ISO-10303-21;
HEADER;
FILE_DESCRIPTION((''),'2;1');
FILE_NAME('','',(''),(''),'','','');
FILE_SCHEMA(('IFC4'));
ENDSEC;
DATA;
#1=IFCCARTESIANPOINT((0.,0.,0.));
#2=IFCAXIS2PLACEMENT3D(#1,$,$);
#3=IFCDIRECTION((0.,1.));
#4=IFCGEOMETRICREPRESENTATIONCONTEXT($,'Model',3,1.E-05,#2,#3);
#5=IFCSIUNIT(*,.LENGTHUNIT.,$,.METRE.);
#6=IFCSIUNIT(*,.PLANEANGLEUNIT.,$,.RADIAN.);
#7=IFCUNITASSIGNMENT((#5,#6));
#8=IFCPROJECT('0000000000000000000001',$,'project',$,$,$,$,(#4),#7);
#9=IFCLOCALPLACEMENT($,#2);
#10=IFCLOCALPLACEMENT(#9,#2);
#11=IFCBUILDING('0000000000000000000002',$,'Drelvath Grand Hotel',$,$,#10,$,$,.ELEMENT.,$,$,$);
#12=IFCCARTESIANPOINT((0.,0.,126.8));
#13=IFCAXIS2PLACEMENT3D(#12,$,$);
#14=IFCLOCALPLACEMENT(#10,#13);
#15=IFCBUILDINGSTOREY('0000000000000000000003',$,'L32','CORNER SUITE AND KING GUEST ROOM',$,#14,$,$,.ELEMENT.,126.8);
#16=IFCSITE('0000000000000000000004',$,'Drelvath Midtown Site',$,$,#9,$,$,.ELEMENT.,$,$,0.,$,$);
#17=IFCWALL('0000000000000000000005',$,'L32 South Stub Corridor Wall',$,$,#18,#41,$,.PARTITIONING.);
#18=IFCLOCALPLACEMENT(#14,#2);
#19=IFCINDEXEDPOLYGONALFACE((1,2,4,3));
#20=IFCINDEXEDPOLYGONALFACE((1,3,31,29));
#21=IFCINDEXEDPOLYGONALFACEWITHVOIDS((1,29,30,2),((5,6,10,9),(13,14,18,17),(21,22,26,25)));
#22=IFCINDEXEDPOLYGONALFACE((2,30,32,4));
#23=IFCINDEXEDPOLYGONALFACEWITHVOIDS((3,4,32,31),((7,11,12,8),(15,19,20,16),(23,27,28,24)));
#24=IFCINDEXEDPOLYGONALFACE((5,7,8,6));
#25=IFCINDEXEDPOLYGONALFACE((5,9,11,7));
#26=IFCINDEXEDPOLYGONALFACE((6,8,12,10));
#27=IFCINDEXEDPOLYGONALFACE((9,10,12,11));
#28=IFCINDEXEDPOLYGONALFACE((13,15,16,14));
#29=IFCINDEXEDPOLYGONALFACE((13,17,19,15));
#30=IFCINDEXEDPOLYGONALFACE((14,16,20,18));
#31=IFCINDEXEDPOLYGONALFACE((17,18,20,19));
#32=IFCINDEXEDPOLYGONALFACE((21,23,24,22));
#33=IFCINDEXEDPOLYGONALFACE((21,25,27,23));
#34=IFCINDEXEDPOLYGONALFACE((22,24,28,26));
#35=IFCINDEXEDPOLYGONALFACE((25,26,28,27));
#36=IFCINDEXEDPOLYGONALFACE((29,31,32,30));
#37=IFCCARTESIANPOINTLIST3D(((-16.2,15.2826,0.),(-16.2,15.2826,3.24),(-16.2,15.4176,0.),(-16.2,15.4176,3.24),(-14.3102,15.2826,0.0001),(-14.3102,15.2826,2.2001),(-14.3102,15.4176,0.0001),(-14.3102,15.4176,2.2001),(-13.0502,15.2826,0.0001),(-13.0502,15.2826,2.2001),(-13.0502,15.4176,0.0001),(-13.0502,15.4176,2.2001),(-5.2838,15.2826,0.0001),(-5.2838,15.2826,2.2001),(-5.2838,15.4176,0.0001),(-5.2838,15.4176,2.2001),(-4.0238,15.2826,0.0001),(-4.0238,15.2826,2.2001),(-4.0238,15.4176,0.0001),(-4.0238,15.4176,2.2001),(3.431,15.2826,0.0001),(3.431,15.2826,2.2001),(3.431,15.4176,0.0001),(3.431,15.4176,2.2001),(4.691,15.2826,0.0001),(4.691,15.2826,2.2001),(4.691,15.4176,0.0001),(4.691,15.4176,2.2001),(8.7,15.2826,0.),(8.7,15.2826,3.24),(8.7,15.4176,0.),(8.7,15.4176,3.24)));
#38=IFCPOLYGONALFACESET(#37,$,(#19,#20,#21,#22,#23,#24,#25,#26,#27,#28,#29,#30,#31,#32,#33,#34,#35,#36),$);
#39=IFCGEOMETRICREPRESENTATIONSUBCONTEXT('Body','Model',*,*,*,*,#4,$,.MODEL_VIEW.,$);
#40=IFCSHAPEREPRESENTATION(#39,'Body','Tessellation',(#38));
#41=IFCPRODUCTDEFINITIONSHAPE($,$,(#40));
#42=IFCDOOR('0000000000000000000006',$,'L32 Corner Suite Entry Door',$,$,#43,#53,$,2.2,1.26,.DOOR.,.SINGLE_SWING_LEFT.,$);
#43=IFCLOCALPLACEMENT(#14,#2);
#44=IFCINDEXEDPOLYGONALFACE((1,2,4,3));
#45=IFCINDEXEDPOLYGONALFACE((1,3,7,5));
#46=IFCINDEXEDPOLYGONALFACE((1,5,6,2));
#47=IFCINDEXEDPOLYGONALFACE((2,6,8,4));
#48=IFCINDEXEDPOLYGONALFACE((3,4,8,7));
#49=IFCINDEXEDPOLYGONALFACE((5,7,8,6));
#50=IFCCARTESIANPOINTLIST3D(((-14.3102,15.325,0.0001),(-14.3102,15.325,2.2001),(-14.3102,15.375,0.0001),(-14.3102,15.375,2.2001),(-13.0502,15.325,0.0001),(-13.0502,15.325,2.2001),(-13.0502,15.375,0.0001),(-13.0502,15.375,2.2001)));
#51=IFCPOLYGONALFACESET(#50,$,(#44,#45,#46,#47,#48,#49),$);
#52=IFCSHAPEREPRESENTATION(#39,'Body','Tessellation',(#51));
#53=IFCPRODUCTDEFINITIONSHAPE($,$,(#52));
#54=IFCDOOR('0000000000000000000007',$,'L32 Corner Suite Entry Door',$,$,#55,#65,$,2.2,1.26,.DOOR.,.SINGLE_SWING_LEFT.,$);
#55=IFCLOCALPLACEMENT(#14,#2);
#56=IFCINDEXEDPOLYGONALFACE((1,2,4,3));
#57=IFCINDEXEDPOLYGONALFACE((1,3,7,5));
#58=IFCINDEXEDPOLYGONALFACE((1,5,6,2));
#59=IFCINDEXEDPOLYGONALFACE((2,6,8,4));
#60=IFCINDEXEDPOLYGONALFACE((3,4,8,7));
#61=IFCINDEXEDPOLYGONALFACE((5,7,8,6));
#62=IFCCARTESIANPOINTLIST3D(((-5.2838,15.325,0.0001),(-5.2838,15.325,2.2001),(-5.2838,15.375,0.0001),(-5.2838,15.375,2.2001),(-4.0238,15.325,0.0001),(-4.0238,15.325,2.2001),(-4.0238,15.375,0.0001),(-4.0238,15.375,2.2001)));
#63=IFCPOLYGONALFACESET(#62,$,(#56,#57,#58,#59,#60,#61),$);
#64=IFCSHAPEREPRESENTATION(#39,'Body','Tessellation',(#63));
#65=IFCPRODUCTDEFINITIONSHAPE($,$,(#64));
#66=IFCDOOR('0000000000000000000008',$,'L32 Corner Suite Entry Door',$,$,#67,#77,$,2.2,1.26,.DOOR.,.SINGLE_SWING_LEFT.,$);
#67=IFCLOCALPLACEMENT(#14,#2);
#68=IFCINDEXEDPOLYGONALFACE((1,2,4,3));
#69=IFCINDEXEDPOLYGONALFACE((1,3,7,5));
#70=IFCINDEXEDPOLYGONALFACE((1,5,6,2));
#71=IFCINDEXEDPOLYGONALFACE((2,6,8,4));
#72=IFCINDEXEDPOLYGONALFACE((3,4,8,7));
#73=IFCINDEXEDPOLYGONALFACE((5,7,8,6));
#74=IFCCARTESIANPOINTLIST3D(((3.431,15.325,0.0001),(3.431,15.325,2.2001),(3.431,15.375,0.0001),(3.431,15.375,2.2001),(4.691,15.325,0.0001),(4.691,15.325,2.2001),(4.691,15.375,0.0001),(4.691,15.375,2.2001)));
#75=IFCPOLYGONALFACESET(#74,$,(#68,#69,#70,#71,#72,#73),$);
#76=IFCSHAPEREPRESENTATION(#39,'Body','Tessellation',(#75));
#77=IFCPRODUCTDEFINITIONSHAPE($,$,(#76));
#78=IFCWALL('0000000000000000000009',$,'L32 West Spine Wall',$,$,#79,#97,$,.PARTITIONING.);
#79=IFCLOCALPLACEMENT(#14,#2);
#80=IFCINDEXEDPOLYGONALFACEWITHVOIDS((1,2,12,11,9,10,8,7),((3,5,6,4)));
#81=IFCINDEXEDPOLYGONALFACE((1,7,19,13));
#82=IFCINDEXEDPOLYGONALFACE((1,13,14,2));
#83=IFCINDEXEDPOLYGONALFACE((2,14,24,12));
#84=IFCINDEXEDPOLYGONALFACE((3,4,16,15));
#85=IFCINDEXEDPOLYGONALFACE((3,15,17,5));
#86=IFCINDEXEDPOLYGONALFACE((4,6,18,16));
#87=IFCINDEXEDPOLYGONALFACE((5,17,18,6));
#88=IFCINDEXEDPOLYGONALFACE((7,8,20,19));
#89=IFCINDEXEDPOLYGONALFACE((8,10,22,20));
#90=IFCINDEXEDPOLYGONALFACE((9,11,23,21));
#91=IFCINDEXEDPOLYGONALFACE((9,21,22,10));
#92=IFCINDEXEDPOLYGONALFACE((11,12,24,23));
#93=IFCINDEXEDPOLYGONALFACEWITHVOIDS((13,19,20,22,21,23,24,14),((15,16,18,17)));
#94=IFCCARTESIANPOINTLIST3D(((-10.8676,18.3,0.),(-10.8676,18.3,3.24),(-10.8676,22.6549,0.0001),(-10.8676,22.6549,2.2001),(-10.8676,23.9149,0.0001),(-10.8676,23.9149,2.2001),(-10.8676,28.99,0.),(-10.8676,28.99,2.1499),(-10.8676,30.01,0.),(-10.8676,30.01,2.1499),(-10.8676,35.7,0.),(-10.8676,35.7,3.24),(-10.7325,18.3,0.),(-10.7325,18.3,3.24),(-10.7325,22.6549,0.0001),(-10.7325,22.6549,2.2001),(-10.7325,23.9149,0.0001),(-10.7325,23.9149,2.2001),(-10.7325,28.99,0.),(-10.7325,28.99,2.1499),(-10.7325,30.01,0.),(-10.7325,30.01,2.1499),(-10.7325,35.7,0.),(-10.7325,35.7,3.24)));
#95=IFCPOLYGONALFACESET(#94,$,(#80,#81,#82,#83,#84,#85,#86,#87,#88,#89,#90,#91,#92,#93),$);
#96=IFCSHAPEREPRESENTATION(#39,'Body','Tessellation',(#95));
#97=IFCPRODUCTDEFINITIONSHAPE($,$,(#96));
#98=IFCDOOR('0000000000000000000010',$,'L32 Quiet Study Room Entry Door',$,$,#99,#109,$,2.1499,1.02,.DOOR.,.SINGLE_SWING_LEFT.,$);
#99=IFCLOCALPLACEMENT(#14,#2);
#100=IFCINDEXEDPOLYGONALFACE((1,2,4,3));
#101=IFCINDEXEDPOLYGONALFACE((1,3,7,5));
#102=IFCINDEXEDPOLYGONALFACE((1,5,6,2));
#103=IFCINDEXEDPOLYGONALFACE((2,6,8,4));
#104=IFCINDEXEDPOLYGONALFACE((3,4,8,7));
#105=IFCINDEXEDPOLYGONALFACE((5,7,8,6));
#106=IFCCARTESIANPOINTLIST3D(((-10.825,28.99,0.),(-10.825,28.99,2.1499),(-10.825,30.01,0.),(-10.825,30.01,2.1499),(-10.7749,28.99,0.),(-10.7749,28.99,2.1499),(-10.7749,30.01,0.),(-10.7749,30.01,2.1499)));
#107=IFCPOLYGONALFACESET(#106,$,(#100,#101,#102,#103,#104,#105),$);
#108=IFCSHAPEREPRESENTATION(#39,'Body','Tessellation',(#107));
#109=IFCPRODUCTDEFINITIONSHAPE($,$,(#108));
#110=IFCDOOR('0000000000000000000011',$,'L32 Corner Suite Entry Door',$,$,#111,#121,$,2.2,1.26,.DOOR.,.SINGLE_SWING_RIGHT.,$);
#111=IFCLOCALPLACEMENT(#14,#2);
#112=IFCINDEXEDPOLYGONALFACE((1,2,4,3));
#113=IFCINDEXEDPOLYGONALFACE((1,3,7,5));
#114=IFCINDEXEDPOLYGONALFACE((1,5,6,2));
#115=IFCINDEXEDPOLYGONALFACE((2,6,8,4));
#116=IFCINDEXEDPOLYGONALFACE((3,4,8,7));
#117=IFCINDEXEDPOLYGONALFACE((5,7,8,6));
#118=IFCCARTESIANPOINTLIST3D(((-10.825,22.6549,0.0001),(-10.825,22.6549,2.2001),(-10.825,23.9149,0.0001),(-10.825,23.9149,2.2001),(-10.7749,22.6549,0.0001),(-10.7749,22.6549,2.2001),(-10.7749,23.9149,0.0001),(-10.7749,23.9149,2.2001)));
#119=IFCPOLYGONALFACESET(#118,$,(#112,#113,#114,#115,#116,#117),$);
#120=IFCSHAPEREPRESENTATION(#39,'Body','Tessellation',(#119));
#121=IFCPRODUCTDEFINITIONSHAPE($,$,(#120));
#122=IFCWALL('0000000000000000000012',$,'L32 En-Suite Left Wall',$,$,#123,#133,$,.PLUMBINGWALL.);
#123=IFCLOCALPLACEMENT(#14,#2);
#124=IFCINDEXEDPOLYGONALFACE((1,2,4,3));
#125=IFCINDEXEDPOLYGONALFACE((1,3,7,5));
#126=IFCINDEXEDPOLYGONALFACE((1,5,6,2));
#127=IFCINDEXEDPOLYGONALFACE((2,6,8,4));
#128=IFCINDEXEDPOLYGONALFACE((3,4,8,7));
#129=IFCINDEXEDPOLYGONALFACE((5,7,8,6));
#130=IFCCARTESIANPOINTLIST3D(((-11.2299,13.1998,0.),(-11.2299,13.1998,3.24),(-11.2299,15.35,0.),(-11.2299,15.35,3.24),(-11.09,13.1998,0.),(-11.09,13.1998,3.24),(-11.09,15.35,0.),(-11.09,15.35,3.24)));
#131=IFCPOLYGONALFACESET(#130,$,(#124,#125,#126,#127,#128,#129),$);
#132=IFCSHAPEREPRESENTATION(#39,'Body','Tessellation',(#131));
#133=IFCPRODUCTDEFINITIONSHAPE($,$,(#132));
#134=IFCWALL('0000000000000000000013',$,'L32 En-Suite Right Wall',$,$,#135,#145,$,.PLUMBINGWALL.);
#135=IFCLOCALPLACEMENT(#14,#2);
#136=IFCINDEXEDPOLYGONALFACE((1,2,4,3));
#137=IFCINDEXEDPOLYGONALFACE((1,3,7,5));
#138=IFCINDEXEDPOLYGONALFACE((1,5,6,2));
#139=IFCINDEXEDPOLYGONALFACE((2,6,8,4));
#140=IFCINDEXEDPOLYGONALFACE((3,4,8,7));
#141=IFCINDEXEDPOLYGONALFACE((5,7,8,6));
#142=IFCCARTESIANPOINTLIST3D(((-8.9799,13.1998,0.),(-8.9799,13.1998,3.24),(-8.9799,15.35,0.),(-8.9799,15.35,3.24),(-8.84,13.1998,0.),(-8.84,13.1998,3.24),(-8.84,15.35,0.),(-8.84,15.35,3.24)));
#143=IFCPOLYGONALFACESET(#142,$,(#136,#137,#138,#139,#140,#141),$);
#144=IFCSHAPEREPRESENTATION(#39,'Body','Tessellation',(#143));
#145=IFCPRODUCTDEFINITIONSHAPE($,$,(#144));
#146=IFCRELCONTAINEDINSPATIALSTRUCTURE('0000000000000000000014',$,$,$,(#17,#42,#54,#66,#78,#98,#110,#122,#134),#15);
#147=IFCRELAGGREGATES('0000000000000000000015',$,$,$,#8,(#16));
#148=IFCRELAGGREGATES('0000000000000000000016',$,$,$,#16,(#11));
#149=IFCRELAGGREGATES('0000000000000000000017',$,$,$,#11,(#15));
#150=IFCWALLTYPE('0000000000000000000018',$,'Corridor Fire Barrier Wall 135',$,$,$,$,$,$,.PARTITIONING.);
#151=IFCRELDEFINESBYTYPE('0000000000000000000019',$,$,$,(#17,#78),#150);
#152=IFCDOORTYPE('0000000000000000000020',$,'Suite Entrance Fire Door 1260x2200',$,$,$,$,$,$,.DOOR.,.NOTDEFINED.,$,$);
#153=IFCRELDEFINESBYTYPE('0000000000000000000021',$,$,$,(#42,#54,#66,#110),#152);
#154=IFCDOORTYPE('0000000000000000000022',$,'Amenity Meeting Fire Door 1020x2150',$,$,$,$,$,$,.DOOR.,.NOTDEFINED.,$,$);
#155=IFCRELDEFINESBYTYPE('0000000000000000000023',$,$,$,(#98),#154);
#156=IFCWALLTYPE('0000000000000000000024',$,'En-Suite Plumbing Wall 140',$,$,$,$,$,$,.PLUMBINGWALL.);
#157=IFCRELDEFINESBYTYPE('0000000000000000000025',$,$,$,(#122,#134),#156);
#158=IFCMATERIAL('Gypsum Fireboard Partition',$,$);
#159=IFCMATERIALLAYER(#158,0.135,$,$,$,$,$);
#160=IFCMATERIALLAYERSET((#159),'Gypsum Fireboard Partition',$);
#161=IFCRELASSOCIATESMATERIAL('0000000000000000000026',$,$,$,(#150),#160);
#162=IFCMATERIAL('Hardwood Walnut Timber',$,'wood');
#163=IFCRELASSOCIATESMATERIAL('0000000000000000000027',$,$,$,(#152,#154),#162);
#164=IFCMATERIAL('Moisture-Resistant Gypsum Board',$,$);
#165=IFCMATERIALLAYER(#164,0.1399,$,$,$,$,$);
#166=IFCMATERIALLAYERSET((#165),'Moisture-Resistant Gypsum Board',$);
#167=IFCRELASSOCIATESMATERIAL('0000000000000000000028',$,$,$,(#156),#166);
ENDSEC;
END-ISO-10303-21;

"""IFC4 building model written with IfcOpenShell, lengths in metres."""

from ifc_helpers import new_model, si_unit, direction, frame, frame_2d, origin, place, context, subcontext, project, spatial, rectangle, extrude, material, layer, layer_set, type_object, element, fill, save


model = new_model("IFC4")

# Units and contexts
model_context = context("Model", 3, precision=1e-05, world=origin(), true_north=direction((0.0, 1.0)))
body_context = subcontext(model_context, "Body", "Model", "MODEL_VIEW")
ifc_project = project(units=[si_unit("LENGTHUNIT", "METRE"), si_unit("PLANEANGLEUNIT", "RADIAN")], contexts=[model_context])

# Site, building, storey
site_placement = place(None, origin())
site = spatial("IfcSite", under=ifc_project, at=site_placement, Name="Drelvath Midtown Site", CompositionType="ELEMENT", RefElevation=0.0)
building_placement = place(site_placement, origin())
building = spatial("IfcBuilding", under=site, at=building_placement, Name="Drelvath Grand Hotel", CompositionType="ELEMENT")
storey_placement = place(building_placement, frame((0.0, 0.0, 126.8)))
storey = spatial("IfcBuildingStorey", under=building, at=storey_placement, Name="L32", Description="CORNER SUITE AND KING GUEST ROOM", CompositionType="ELEMENT", Elevation=126.8)

# Shared definitions
ifc_material_1 = material(Name="Gypsum Fireboard Partition")
ifc_layer_1 = layer(ifc_material_1, 0.135)
ifc_layer_set_1 = layer_set([ifc_layer_1], Name="Gypsum Fireboard Partition")
wall_type_1 = type_object("IfcWallType", Name="Corridor Fire Barrier Wall 135", PredefinedType="PARTITIONING", material=ifc_layer_set_1)

# Walls, openings, doors
wall_1_placement = place(storey_placement, frame((-16.2, 15.3501, 0.0), z_axis=(0.0, 0.0, 1.0), x_axis=(1.0, 0.0, 0.0)))
wall_1 = element("IfcWall", 1, at=wall_1_placement, inside=storey, type_object=wall_type_1, Name="L32 South Stub Corridor Wall", PredefinedType="PARTITIONING", context=body_context, shape_type="SweptSolid", body=[
    extrude(rectangle(XDim=24.8999, YDim=0.135, at=frame_2d((12.45, 0.0))), origin(), (0.0, 0.0, 1.0), 3.24),
])
opening_1_placement = place(wall_1_placement, frame((1.8899, 0.0, 0.0)))
opening_1 = element("IfcOpeningElement", 2, at=opening_1_placement, cuts=wall_1, PredefinedType="OPENING", context=body_context, shape_type="SweptSolid", body=[
    extrude(rectangle(XDim=1.26, YDim=2.2, at=frame_2d((0.6299, 1.1001))), frame((0.0, 0.0774, 0.0), z_axis=(0.0, -1.0, 0.0), x_axis=(1.0, 0.0, 0.0)), (0.0, 0.0, 1.0), 0.155),
])
opening_2_placement = place(wall_1_placement, frame((10.9163, 0.0, 0.0)))
opening_2 = element("IfcOpeningElement", 3, at=opening_2_placement, cuts=wall_1, PredefinedType="OPENING", context=body_context, shape_type="SweptSolid", body=[
    extrude(rectangle(XDim=1.26, YDim=2.2, at=frame_2d((0.6299, 1.1001))), frame((0.0, 0.0774, 0.0), z_axis=(0.0, -1.0, 0.0), x_axis=(1.0, 0.0, 0.0)), (0.0, 0.0, 1.0), 0.155),
])
opening_3_placement = place(wall_1_placement, frame((19.6311, 0.0, 0.0)))
opening_3 = element("IfcOpeningElement", 4, at=opening_3_placement, cuts=wall_1, PredefinedType="OPENING", context=body_context, shape_type="SweptSolid", body=[
    extrude(rectangle(XDim=1.26, YDim=2.2, at=frame_2d((0.6299, 1.1001))), frame((0.0, 0.0774, 0.0), z_axis=(0.0, -1.0, 0.0), x_axis=(1.0, 0.0, 0.0)), (0.0, 0.0, 1.0), 0.155),
])
ifc_material_2 = material(Name="Hardwood Walnut Timber", Category="wood")
door_type_1 = type_object("IfcDoorType", Name="Suite Entrance Fire Door 1260x2200", OperationType="NOTDEFINED", PredefinedType="DOOR", material=ifc_material_2)
door_1_placement = place(opening_1_placement, origin())
door_1 = element("IfcDoor", 5, at=door_1_placement, inside=storey, type_object=door_type_1, Name="L32 Corner Suite Entry Door", OperationType="SINGLE_SWING_LEFT", OverallHeight=2.2, OverallWidth=1.26, PredefinedType="DOOR", context=body_context, shape_type="SweptSolid", body=[
    extrude(rectangle(XDim=1.26, YDim=2.2, at=frame_2d((0.6299, 1.1001))), frame((0.0, 0.0249, 0.0), z_axis=(0.0, -1.0, 0.0), x_axis=(1.0, 0.0, 0.0)), (0.0, 0.0, 1.0), 0.05),
])
fill(opening_1, door_1)
door_2_placement = place(opening_2_placement, origin())
door_2 = element("IfcDoor", 6, at=door_2_placement, inside=storey, type_object=door_type_1, Name="L32 Corner Suite Entry Door", OperationType="SINGLE_SWING_LEFT", OverallHeight=2.2, OverallWidth=1.26, PredefinedType="DOOR", context=body_context, shape_type="SweptSolid", body=[
    extrude(rectangle(XDim=1.26, YDim=2.2, at=frame_2d((0.6299, 1.1001))), frame((0.0, 0.0249, 0.0), z_axis=(0.0, -1.0, 0.0), x_axis=(1.0, 0.0, 0.0)), (0.0, 0.0, 1.0), 0.05),
])
fill(opening_2, door_2)
door_3_placement = place(opening_3_placement, origin())
door_3 = element("IfcDoor", 7, at=door_3_placement, inside=storey, type_object=door_type_1, Name="L32 Corner Suite Entry Door", OperationType="SINGLE_SWING_LEFT", OverallHeight=2.2, OverallWidth=1.26, PredefinedType="DOOR", context=body_context, shape_type="SweptSolid", body=[
    extrude(rectangle(XDim=1.26, YDim=2.2, at=frame_2d((0.6299, 1.1001))), frame((0.0, 0.0249, 0.0), z_axis=(0.0, -1.0, 0.0), x_axis=(1.0, 0.0, 0.0)), (0.0, 0.0, 1.0), 0.05),
])
fill(opening_3, door_3)
wall_2_placement = place(storey_placement, frame((-10.8, 18.3, 0.0), z_axis=(0.0, 0.0, 1.0), x_axis=(0.0, 1.0, 0.0)))
wall_2 = element("IfcWall", 8, at=wall_2_placement, inside=storey, type_object=wall_type_1, Name="L32 West Spine Wall", PredefinedType="PARTITIONING", context=body_context, shape_type="SweptSolid", body=[
    extrude(rectangle(XDim=17.3999, YDim=0.135, at=frame_2d((8.7, 0.0))), origin(), (0.0, 0.0, 1.0), 3.24),
])
opening_4_placement = place(wall_2_placement, frame((4.355, 0.0, 0.0)))
opening_4 = element("IfcOpeningElement", 9, at=opening_4_placement, cuts=wall_2, PredefinedType="OPENING", context=body_context, shape_type="SweptSolid", body=[
    extrude(rectangle(XDim=1.26, YDim=2.2, at=frame_2d((0.6299, 1.1001))), frame((0.0, 0.0774, 0.0), z_axis=(0.0, -1.0, 0.0), x_axis=(1.0, 0.0, 0.0)), (0.0, 0.0, 1.0), 0.155),
])
opening_5_placement = place(wall_2_placement, frame((10.6899, 0.0, 0.0)))
opening_5 = element("IfcOpeningElement", 10, at=opening_5_placement, cuts=wall_2, PredefinedType="OPENING", context=body_context, shape_type="SweptSolid", body=[
    extrude(rectangle(XDim=1.02, YDim=2.1499, at=frame_2d((0.51, 1.075))), frame((0.0, 0.0774, 0.0), z_axis=(0.0, -1.0, 0.0), x_axis=(1.0, 0.0, 0.0)), (0.0, 0.0, 1.0), 0.155),
])
door_type_2 = type_object("IfcDoorType", Name="Amenity Meeting Fire Door 1020x2150", OperationType="NOTDEFINED", PredefinedType="DOOR", material=ifc_material_2)
door_4_placement = place(opening_5_placement, origin())
door_4 = element("IfcDoor", 11, at=door_4_placement, inside=storey, type_object=door_type_2, Name="L32 Quiet Study Room Entry Door", OperationType="SINGLE_SWING_LEFT", OverallHeight=2.1499, OverallWidth=1.02, PredefinedType="DOOR", context=body_context, shape_type="SweptSolid", body=[
    extrude(rectangle(XDim=1.02, YDim=2.1499, at=frame_2d((0.51, 1.075))), frame((0.0, 0.0249, 0.0), z_axis=(0.0, -1.0, 0.0), x_axis=(1.0, 0.0, 0.0)), (0.0, 0.0, 1.0), 0.05),
])
fill(opening_5, door_4)
door_5_placement = place(opening_4_placement, origin())
door_5 = element("IfcDoor", 12, at=door_5_placement, inside=storey, type_object=door_type_1, Name="L32 Corner Suite Entry Door", OperationType="SINGLE_SWING_RIGHT", OverallHeight=2.2, OverallWidth=1.26, PredefinedType="DOOR", context=body_context, shape_type="SweptSolid", body=[
    extrude(rectangle(XDim=1.26, YDim=2.2, at=frame_2d((0.6299, 1.1001))), frame((0.0, 0.0249, 0.0), z_axis=(0.0, -1.0, 0.0), x_axis=(1.0, 0.0, 0.0)), (0.0, 0.0, 1.0), 0.05),
])
fill(opening_4, door_5)

# Walls
ifc_material_3 = material(Name="Moisture-Resistant Gypsum Board")
ifc_layer_2 = layer(ifc_material_3, 0.1399)
ifc_layer_set_2 = layer_set([ifc_layer_2], Name="Moisture-Resistant Gypsum Board")
wall_type_2 = type_object("IfcWallType", Name="En-Suite Plumbing Wall 140", PredefinedType="PLUMBINGWALL", material=ifc_layer_set_2)
for number, where, z_axis, x_axis, name in (
    (13, (-11.1599, 15.3501, 0.0), (0.0, 0.0, 1.0), (0.0, -1.0, 0.0), "L32 En-Suite Left Wall"),
    (14, (-8.9099, 15.3501, 0.0), (0.0, 0.0, 1.0), (0.0, -1.0, 0.0), "L32 En-Suite Right Wall"),
):
    element("IfcWall", number, at=place(storey_placement, frame(where, z_axis=z_axis, x_axis=x_axis)), inside=storey, type_object=wall_type_2, Name=name, PredefinedType="PLUMBINGWALL", context=body_context, shape_type="SweptSolid", body=[
        extrude(rectangle(XDim=2.1501, YDim=0.1399, at=frame_2d((1.0752, 0.0))), origin(), (0.0, 0.0, 1.0), 3.24),
    ])

save(model, "model.ifc")
